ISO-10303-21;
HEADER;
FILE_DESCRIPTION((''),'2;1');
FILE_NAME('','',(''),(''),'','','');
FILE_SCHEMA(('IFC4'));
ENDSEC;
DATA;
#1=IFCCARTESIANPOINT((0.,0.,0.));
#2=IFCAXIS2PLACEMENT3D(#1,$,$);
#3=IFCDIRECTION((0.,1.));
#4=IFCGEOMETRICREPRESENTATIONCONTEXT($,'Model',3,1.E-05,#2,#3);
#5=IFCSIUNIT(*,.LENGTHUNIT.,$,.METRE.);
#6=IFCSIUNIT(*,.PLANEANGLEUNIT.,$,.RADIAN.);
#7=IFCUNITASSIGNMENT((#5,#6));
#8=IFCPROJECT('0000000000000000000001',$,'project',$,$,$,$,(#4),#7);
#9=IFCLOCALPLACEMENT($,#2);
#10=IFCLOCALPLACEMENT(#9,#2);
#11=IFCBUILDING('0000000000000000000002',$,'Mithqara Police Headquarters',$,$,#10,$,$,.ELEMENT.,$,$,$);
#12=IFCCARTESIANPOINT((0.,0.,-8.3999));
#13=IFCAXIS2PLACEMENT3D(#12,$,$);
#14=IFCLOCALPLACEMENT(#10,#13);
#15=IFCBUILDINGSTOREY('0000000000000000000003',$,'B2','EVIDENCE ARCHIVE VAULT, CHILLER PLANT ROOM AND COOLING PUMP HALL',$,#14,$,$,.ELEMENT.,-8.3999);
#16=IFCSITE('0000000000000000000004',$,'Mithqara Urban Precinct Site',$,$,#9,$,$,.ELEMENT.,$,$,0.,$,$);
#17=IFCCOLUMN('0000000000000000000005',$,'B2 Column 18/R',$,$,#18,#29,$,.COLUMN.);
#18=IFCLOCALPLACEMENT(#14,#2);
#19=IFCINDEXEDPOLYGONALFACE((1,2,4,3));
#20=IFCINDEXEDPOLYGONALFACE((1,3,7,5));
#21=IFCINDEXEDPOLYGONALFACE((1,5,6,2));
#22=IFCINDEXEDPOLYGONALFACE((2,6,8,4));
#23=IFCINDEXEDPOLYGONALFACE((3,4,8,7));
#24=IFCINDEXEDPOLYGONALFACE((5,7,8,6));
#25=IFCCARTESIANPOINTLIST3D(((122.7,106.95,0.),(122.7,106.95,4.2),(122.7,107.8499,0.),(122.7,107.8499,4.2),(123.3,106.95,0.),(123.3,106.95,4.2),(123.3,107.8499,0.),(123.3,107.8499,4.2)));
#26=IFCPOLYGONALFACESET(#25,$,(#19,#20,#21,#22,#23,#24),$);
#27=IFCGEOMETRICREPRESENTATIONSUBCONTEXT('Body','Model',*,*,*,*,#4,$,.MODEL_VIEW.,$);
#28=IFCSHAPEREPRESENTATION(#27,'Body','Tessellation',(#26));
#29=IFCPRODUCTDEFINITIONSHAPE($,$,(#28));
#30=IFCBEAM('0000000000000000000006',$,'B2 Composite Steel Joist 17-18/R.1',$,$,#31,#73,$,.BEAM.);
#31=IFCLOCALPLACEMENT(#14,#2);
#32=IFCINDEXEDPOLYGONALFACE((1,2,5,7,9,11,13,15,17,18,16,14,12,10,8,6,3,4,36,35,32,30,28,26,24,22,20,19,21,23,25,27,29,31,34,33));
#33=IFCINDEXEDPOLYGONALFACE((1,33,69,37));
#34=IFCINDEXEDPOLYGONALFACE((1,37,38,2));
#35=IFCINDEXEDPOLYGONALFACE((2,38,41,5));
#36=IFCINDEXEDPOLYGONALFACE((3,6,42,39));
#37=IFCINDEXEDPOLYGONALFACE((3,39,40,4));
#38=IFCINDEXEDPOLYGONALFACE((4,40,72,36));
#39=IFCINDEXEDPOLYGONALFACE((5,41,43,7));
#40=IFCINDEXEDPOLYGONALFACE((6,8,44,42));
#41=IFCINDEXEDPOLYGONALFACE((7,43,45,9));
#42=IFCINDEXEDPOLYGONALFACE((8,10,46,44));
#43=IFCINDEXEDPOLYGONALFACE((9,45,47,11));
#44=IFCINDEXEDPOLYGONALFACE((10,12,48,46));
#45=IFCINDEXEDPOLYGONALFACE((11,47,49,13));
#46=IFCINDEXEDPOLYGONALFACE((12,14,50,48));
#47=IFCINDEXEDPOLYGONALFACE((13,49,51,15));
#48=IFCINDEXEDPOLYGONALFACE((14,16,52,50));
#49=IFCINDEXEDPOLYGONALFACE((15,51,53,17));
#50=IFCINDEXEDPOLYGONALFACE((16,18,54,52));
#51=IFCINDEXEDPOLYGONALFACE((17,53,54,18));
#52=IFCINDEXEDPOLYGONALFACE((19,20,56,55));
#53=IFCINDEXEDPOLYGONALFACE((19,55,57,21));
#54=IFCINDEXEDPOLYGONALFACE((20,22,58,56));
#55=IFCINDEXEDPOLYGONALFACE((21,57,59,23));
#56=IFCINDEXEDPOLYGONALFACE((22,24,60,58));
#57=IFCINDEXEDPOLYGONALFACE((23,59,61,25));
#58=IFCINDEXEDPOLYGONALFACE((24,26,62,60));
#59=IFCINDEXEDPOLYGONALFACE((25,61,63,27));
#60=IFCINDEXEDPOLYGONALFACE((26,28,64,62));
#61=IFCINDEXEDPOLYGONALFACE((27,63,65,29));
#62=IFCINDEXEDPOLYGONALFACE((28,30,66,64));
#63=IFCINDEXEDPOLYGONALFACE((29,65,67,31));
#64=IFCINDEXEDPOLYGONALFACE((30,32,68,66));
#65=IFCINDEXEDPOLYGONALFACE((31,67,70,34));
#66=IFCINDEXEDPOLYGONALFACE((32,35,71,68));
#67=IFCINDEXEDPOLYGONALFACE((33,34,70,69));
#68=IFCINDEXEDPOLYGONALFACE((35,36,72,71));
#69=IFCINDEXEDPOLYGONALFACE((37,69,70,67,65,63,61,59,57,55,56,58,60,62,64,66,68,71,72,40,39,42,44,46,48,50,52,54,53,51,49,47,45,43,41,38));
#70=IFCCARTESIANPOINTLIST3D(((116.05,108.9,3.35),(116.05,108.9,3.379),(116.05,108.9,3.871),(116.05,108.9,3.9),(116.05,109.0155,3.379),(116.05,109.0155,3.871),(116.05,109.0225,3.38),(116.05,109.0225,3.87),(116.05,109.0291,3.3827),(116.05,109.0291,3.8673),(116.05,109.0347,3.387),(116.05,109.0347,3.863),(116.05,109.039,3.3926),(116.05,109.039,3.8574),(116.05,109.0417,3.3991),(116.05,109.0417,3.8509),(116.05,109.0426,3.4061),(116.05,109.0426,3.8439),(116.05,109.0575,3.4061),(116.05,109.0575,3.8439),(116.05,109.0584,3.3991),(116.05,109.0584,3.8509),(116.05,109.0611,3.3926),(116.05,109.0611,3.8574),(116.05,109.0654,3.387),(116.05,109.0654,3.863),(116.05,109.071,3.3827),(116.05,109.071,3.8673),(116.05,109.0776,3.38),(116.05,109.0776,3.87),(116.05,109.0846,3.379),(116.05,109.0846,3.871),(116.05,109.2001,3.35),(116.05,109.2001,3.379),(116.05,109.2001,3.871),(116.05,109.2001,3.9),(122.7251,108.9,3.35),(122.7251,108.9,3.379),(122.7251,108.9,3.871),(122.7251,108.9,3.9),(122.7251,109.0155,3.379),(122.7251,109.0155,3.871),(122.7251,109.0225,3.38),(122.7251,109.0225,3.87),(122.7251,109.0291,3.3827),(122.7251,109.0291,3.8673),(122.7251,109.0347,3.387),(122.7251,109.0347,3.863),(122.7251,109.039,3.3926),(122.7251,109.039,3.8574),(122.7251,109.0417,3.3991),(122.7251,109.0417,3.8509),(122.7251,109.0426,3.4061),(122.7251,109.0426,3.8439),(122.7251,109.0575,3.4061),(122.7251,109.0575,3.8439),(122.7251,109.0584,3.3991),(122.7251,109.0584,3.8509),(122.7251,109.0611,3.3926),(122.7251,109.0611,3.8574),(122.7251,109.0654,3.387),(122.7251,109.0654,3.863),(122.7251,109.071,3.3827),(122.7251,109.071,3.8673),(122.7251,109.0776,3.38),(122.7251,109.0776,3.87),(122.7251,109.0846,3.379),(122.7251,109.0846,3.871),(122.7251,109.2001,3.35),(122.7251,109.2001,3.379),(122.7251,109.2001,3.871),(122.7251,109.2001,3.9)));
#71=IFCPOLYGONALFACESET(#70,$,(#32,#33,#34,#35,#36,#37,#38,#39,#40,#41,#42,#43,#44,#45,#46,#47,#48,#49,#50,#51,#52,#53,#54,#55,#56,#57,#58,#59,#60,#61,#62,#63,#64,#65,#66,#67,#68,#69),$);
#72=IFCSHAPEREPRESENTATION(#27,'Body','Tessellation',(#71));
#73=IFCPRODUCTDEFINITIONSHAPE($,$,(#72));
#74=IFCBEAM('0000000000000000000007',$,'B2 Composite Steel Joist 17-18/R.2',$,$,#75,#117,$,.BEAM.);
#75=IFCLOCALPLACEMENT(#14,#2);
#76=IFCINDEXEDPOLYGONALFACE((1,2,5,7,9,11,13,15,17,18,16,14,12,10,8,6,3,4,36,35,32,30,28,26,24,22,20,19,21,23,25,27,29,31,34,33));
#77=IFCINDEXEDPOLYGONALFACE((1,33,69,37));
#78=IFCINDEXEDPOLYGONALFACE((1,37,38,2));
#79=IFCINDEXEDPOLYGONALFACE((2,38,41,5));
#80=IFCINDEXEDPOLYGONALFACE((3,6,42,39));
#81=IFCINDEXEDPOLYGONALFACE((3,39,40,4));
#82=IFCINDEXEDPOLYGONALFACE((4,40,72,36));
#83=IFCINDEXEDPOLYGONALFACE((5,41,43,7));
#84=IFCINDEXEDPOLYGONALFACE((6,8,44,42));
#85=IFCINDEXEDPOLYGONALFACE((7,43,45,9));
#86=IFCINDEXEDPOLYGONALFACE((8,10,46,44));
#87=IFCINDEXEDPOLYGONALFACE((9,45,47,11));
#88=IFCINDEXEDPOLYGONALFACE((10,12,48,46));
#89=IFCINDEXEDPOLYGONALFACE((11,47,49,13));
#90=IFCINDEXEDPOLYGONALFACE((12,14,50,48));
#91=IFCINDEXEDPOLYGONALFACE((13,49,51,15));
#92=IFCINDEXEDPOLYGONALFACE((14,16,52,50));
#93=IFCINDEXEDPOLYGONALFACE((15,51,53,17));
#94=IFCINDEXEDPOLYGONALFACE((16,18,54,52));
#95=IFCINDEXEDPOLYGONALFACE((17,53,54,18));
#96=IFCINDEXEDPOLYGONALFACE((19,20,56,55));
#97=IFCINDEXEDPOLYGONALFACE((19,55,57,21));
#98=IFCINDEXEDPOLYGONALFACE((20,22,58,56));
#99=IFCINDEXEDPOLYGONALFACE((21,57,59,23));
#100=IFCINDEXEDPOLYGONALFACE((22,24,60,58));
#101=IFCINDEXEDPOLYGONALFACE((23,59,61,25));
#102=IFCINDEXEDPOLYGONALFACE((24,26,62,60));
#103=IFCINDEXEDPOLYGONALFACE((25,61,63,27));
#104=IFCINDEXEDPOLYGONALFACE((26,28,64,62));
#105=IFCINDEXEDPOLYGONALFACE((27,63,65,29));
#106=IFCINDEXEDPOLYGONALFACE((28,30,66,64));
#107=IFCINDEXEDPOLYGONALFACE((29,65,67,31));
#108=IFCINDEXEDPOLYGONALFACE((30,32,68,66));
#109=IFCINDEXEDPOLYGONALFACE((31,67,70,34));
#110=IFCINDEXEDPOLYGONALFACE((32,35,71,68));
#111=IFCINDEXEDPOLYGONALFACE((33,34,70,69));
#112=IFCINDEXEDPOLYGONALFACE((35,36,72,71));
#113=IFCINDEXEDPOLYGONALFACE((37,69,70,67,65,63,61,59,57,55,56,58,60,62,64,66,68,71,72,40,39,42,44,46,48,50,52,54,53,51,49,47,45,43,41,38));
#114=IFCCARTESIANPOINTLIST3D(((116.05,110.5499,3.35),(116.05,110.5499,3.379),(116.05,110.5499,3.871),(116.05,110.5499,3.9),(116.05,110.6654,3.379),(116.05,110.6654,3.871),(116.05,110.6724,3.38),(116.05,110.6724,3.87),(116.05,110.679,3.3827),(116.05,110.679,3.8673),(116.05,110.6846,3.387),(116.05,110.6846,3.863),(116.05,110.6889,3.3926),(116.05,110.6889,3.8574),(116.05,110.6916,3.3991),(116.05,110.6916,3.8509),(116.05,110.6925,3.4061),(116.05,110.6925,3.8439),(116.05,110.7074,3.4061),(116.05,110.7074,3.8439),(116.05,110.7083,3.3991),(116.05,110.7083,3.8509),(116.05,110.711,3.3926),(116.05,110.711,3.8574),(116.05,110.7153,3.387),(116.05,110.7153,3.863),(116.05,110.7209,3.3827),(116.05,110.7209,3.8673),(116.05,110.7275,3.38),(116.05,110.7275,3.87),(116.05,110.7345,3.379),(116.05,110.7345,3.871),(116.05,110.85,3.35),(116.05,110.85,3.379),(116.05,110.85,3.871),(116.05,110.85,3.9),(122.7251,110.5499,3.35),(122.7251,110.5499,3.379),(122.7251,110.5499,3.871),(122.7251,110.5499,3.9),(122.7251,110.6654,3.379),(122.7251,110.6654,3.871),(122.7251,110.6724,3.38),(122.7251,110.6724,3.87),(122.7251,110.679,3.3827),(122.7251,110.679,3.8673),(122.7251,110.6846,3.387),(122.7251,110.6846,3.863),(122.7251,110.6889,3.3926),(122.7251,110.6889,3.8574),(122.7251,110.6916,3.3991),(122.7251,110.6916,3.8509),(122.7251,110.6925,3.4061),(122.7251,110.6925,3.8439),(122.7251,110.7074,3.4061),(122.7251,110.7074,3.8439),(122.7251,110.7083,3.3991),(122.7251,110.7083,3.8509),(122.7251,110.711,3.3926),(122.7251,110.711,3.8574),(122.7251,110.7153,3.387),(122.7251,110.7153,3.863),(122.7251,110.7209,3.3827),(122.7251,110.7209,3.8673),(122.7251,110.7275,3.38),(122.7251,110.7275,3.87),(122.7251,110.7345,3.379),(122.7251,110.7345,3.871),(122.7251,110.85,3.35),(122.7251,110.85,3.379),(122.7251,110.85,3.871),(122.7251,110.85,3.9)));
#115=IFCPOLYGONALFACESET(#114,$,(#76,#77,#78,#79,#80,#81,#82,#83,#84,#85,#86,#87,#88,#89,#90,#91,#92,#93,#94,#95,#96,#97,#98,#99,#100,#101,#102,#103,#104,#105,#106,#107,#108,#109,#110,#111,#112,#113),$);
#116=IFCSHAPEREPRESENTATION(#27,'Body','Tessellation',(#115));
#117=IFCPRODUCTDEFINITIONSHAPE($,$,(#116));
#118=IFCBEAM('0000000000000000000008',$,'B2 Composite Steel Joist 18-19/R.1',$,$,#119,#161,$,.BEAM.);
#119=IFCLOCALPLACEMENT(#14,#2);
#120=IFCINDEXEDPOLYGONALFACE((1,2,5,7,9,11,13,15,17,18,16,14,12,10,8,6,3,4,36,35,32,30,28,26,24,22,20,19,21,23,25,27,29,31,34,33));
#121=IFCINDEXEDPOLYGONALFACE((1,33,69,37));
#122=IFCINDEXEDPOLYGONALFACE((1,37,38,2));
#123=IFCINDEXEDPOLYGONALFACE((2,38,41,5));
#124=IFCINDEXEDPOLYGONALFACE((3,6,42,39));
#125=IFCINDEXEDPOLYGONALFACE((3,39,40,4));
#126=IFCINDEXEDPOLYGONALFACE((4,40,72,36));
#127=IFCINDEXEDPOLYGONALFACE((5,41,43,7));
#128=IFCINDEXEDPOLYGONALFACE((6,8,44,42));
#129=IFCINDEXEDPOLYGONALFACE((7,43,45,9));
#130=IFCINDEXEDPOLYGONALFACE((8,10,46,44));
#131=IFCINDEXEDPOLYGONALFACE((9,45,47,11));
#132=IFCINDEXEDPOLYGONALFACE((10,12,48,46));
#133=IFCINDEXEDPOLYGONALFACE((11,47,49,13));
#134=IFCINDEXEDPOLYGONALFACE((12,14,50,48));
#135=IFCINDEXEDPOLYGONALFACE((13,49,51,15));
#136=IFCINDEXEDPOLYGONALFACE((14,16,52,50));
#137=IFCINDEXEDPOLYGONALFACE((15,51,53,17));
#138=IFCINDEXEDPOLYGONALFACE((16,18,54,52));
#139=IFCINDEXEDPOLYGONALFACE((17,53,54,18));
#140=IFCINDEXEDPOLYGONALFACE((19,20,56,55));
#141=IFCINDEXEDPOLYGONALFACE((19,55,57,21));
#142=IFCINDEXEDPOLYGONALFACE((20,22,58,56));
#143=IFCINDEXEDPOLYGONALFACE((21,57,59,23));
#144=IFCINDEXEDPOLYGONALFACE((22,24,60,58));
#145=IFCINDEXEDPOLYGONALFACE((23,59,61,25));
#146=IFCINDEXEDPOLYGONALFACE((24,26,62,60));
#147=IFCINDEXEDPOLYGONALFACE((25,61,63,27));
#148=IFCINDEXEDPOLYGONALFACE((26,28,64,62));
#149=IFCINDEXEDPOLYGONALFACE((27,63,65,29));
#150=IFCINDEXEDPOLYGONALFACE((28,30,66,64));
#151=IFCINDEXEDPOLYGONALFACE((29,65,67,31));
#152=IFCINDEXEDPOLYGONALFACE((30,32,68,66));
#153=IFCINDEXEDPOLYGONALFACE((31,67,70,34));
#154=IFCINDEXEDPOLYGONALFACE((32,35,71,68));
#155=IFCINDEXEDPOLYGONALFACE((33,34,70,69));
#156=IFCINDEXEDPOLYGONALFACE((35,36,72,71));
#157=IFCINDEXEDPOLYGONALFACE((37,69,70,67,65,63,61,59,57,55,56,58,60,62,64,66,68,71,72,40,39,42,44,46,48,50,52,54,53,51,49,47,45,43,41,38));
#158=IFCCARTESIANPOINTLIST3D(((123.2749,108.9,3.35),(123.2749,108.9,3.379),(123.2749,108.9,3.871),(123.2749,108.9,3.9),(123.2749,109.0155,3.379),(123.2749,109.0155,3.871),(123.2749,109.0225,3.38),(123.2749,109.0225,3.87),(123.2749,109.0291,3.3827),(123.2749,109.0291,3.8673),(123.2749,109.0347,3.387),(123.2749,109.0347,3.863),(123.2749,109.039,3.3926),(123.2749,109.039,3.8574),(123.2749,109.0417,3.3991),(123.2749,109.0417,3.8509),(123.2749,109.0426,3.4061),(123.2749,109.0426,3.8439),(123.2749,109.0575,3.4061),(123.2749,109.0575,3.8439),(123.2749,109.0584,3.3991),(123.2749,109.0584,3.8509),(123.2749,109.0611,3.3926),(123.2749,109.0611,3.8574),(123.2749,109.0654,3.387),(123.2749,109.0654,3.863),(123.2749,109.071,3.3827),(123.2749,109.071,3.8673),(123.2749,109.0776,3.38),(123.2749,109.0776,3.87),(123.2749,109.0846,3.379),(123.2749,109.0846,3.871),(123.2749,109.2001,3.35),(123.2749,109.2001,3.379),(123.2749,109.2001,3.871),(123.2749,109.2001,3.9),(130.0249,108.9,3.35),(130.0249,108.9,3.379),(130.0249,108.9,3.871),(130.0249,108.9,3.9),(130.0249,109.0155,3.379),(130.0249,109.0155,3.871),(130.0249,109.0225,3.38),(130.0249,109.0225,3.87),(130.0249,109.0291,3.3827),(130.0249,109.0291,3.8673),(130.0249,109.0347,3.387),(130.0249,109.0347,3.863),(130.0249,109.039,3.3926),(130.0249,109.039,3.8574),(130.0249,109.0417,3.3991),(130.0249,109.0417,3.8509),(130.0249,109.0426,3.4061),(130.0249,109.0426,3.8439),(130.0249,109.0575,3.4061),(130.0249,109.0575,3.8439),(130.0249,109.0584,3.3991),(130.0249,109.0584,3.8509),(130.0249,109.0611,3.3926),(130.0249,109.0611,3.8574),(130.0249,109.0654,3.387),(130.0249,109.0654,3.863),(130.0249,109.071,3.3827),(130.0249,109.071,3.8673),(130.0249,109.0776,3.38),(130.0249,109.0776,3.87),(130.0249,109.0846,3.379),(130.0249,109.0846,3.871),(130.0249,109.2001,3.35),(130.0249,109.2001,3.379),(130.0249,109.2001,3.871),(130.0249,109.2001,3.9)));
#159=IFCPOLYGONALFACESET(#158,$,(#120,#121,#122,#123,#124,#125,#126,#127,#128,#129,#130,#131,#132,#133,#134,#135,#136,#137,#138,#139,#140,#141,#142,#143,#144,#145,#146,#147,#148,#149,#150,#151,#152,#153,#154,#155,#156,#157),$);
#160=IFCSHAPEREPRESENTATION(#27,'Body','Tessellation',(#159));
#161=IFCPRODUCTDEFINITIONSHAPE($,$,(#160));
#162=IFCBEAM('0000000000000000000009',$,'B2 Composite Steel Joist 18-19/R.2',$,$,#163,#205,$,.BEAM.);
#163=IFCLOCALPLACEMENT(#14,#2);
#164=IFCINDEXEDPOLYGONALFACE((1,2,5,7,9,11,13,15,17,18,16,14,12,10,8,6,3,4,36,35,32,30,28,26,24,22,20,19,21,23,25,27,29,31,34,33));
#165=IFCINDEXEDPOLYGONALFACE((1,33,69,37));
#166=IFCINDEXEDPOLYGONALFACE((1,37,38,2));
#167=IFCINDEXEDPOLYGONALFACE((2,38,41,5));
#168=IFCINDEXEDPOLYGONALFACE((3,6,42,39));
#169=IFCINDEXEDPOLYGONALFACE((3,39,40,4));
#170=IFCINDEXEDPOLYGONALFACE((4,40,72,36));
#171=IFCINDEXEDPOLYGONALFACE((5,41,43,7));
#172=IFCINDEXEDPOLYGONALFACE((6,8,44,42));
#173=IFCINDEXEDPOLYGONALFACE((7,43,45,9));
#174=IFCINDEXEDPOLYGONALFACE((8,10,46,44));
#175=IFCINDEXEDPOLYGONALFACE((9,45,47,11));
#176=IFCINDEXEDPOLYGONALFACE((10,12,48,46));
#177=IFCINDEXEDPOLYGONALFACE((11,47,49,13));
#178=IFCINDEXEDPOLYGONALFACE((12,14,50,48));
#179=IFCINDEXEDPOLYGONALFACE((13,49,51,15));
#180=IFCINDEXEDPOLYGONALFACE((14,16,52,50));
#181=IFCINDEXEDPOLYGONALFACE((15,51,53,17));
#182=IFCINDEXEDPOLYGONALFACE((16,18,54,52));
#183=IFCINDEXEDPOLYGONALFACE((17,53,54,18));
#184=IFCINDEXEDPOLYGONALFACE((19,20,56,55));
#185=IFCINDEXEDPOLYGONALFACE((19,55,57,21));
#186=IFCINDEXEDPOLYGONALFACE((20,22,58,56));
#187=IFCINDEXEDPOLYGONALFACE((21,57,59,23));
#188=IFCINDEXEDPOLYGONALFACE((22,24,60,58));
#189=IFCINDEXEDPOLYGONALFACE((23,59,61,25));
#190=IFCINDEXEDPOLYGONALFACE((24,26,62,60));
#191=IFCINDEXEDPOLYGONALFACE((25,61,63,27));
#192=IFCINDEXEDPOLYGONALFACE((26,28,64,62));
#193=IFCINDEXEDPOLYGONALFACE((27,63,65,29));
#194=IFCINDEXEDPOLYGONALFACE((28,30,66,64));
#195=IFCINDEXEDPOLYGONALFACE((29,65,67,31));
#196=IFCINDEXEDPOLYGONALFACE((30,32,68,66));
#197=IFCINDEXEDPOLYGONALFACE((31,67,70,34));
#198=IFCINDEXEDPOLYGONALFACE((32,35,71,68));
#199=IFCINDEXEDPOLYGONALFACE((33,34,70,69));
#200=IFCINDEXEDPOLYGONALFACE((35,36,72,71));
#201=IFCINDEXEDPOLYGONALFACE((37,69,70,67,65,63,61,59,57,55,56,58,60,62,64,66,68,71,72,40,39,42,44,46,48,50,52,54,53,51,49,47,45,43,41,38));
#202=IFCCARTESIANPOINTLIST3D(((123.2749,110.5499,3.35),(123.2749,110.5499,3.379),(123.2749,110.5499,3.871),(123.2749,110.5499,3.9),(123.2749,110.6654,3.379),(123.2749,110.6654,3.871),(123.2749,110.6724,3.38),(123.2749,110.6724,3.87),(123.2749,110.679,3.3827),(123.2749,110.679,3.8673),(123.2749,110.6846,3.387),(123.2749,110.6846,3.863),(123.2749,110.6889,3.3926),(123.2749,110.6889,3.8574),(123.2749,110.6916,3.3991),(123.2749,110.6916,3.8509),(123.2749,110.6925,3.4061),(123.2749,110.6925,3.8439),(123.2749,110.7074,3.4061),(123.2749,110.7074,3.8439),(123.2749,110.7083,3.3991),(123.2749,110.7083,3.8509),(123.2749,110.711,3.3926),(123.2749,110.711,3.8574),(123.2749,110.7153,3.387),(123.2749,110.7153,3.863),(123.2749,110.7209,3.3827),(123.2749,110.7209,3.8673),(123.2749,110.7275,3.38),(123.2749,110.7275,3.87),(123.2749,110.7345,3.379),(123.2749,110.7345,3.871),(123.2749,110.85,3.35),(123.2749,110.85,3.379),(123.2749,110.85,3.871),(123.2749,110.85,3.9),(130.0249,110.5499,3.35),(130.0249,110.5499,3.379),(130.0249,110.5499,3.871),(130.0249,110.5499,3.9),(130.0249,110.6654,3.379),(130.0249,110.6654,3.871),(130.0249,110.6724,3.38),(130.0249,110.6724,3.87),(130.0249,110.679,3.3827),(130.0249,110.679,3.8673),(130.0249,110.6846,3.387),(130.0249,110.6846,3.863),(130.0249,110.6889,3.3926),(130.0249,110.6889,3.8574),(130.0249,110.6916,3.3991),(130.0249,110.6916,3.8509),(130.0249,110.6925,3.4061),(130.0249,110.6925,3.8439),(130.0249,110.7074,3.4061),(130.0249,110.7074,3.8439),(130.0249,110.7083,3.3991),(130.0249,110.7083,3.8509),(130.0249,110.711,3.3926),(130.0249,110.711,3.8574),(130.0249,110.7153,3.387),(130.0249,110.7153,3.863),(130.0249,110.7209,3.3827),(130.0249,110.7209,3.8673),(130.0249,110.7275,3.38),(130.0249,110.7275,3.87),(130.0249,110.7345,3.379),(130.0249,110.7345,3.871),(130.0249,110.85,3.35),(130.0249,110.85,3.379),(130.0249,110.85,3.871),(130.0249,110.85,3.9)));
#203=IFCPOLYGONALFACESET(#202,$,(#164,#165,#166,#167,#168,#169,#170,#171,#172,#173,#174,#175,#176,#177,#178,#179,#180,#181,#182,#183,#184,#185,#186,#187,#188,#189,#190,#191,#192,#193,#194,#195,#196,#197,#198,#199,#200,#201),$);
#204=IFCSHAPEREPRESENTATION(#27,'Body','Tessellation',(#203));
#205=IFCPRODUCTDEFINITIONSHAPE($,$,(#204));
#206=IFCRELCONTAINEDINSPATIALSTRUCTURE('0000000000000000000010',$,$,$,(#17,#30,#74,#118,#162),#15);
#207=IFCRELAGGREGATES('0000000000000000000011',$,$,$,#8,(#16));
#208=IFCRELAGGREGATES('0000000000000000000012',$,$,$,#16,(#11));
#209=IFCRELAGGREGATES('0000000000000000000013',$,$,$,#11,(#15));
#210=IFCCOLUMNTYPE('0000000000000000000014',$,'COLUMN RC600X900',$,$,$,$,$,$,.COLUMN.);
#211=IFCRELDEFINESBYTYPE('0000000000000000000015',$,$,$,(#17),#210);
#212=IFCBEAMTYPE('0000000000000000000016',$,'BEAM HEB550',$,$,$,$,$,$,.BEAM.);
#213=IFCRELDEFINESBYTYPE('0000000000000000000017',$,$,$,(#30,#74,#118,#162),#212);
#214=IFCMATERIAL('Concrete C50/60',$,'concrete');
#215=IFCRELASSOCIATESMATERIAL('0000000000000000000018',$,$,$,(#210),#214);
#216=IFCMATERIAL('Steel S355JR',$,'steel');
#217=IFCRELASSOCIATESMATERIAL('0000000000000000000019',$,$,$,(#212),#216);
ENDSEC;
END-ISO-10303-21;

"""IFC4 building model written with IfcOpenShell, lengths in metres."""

from ifc_helpers import new_model, si_unit, direction, frame, origin, origin_2d, place, context, subcontext, project, spatial, rectangle, i_section, extrude, material, material_profile, profile_set, type_object, element, save


model = new_model("IFC4")

# Units and contexts
model_context = context("Model", 3, precision=1e-05, world=origin(), true_north=direction((0.0, 1.0)))
body_context = subcontext(model_context, "Body", "Model", "MODEL_VIEW")
ifc_project = project(units=[si_unit("LENGTHUNIT", "METRE"), si_unit("PLANEANGLEUNIT", "RADIAN")], contexts=[model_context])

# Site, building, storey
site_placement = place(None, origin())
site = spatial("IfcSite", under=ifc_project, at=site_placement, Name="Mithqara Urban Precinct Site", CompositionType="ELEMENT", RefElevation=0.0)
building_placement = place(site_placement, origin())
building = spatial("IfcBuilding", under=site, at=building_placement, Name="Mithqara Police Headquarters", CompositionType="ELEMENT")
storey_placement = place(building_placement, frame((0.0, 0.0, -8.3999)))
storey = spatial("IfcBuildingStorey", under=building, at=storey_placement, Name="B2", Description="EVIDENCE ARCHIVE VAULT, CHILLER PLANT ROOM AND COOLING PUMP HALL", CompositionType="ELEMENT", Elevation=-8.3999)

# Column
ifc_material_1 = material(Name="Concrete C50/60", Category="concrete")
ifc_material_profile_1 = material_profile(ifc_material_1, rectangle(XDim=0.6001, YDim=0.8999, at=origin_2d()), Name="RC 600x900")
ifc_profile_set_1 = profile_set([ifc_material_profile_1], Name="Concrete C50/60")
column_type = type_object("IfcColumnType", Name="COLUMN RC600X900", PredefinedType="COLUMN", material=ifc_profile_set_1)
column_placement = place(storey_placement, frame((123.0, 107.3999, 0.0), z_axis=(0.0, 0.0, 1.0), x_axis=(1.0, 0.0, 0.0)))
element("IfcColumn", 1, at=column_placement, inside=storey, type_object=column_type, Name="B2 Column 18/R", PredefinedType="COLUMN", context=body_context, shape_type="SweptSolid", body=[
    extrude(rectangle(XDim=0.6001, YDim=0.8999, at=origin_2d()), origin(), (0.0, 0.0, 1.0), 4.2),
])

# Beams
ifc_material_2 = material(Name="Steel S355JR", Category="steel")
ifc_material_profile_2 = material_profile(ifc_material_2, i_section(OverallWidth=0.3, OverallDepth=0.55, WebThickness=0.0149, FlangeThickness=0.0291, FilletRadius=0.0271, at=origin_2d()), Name="HEB 550")
ifc_profile_set_2 = profile_set([ifc_material_profile_2], Name="Steel S355JR")
beam_type_1 = type_object("IfcBeamType", Name="BEAM HEB550", PredefinedType="BEAM", material=ifc_profile_set_2)
for number, where, z_axis, x_axis, name in (
    (2, (116.05, 109.05, 3.625), (1.0, 0.0, 0.0), (0.0, 1.0, 0.0), "B2 Composite Steel Joist 17-18/R.1"),
    (3, (116.05, 110.7, 3.625), (1.0, 0.0, 0.0), (0.0, 1.0, 0.0), "B2 Composite Steel Joist 17-18/R.2"),
):
    element("IfcBeam", number, at=place(storey_placement, frame(where, z_axis=z_axis, x_axis=x_axis)), inside=storey, type_object=beam_type_1, Name=name, PredefinedType="BEAM", context=body_context, shape_type="SweptSolid", body=[
        extrude(i_section(OverallWidth=0.3, OverallDepth=0.55, WebThickness=0.0149, FlangeThickness=0.0291, FilletRadius=0.0271, at=origin_2d()), origin(), (0.0, 0.0, 1.0), 6.675),
    ])
for number, where, z_axis, x_axis, name in (
    (4, (123.2749, 109.05, 3.625), (1.0, 0.0, 0.0), (0.0, 1.0, 0.0), "B2 Composite Steel Joist 18-19/R.1"),
    (5, (123.2749, 110.7, 3.625), (1.0, 0.0, 0.0), (0.0, 1.0, 0.0), "B2 Composite Steel Joist 18-19/R.2"),
):
    element("IfcBeam", number, at=place(storey_placement, frame(where, z_axis=z_axis, x_axis=x_axis)), inside=storey, type_object=beam_type_1, Name=name, PredefinedType="BEAM", context=body_context, shape_type="SweptSolid", body=[
        extrude(i_section(OverallWidth=0.3, OverallDepth=0.55, WebThickness=0.0149, FlangeThickness=0.0291, FilletRadius=0.0271, at=origin_2d()), origin(), (0.0, 0.0, 1.0), 6.75),
    ])

save(model, "model.ifc")
